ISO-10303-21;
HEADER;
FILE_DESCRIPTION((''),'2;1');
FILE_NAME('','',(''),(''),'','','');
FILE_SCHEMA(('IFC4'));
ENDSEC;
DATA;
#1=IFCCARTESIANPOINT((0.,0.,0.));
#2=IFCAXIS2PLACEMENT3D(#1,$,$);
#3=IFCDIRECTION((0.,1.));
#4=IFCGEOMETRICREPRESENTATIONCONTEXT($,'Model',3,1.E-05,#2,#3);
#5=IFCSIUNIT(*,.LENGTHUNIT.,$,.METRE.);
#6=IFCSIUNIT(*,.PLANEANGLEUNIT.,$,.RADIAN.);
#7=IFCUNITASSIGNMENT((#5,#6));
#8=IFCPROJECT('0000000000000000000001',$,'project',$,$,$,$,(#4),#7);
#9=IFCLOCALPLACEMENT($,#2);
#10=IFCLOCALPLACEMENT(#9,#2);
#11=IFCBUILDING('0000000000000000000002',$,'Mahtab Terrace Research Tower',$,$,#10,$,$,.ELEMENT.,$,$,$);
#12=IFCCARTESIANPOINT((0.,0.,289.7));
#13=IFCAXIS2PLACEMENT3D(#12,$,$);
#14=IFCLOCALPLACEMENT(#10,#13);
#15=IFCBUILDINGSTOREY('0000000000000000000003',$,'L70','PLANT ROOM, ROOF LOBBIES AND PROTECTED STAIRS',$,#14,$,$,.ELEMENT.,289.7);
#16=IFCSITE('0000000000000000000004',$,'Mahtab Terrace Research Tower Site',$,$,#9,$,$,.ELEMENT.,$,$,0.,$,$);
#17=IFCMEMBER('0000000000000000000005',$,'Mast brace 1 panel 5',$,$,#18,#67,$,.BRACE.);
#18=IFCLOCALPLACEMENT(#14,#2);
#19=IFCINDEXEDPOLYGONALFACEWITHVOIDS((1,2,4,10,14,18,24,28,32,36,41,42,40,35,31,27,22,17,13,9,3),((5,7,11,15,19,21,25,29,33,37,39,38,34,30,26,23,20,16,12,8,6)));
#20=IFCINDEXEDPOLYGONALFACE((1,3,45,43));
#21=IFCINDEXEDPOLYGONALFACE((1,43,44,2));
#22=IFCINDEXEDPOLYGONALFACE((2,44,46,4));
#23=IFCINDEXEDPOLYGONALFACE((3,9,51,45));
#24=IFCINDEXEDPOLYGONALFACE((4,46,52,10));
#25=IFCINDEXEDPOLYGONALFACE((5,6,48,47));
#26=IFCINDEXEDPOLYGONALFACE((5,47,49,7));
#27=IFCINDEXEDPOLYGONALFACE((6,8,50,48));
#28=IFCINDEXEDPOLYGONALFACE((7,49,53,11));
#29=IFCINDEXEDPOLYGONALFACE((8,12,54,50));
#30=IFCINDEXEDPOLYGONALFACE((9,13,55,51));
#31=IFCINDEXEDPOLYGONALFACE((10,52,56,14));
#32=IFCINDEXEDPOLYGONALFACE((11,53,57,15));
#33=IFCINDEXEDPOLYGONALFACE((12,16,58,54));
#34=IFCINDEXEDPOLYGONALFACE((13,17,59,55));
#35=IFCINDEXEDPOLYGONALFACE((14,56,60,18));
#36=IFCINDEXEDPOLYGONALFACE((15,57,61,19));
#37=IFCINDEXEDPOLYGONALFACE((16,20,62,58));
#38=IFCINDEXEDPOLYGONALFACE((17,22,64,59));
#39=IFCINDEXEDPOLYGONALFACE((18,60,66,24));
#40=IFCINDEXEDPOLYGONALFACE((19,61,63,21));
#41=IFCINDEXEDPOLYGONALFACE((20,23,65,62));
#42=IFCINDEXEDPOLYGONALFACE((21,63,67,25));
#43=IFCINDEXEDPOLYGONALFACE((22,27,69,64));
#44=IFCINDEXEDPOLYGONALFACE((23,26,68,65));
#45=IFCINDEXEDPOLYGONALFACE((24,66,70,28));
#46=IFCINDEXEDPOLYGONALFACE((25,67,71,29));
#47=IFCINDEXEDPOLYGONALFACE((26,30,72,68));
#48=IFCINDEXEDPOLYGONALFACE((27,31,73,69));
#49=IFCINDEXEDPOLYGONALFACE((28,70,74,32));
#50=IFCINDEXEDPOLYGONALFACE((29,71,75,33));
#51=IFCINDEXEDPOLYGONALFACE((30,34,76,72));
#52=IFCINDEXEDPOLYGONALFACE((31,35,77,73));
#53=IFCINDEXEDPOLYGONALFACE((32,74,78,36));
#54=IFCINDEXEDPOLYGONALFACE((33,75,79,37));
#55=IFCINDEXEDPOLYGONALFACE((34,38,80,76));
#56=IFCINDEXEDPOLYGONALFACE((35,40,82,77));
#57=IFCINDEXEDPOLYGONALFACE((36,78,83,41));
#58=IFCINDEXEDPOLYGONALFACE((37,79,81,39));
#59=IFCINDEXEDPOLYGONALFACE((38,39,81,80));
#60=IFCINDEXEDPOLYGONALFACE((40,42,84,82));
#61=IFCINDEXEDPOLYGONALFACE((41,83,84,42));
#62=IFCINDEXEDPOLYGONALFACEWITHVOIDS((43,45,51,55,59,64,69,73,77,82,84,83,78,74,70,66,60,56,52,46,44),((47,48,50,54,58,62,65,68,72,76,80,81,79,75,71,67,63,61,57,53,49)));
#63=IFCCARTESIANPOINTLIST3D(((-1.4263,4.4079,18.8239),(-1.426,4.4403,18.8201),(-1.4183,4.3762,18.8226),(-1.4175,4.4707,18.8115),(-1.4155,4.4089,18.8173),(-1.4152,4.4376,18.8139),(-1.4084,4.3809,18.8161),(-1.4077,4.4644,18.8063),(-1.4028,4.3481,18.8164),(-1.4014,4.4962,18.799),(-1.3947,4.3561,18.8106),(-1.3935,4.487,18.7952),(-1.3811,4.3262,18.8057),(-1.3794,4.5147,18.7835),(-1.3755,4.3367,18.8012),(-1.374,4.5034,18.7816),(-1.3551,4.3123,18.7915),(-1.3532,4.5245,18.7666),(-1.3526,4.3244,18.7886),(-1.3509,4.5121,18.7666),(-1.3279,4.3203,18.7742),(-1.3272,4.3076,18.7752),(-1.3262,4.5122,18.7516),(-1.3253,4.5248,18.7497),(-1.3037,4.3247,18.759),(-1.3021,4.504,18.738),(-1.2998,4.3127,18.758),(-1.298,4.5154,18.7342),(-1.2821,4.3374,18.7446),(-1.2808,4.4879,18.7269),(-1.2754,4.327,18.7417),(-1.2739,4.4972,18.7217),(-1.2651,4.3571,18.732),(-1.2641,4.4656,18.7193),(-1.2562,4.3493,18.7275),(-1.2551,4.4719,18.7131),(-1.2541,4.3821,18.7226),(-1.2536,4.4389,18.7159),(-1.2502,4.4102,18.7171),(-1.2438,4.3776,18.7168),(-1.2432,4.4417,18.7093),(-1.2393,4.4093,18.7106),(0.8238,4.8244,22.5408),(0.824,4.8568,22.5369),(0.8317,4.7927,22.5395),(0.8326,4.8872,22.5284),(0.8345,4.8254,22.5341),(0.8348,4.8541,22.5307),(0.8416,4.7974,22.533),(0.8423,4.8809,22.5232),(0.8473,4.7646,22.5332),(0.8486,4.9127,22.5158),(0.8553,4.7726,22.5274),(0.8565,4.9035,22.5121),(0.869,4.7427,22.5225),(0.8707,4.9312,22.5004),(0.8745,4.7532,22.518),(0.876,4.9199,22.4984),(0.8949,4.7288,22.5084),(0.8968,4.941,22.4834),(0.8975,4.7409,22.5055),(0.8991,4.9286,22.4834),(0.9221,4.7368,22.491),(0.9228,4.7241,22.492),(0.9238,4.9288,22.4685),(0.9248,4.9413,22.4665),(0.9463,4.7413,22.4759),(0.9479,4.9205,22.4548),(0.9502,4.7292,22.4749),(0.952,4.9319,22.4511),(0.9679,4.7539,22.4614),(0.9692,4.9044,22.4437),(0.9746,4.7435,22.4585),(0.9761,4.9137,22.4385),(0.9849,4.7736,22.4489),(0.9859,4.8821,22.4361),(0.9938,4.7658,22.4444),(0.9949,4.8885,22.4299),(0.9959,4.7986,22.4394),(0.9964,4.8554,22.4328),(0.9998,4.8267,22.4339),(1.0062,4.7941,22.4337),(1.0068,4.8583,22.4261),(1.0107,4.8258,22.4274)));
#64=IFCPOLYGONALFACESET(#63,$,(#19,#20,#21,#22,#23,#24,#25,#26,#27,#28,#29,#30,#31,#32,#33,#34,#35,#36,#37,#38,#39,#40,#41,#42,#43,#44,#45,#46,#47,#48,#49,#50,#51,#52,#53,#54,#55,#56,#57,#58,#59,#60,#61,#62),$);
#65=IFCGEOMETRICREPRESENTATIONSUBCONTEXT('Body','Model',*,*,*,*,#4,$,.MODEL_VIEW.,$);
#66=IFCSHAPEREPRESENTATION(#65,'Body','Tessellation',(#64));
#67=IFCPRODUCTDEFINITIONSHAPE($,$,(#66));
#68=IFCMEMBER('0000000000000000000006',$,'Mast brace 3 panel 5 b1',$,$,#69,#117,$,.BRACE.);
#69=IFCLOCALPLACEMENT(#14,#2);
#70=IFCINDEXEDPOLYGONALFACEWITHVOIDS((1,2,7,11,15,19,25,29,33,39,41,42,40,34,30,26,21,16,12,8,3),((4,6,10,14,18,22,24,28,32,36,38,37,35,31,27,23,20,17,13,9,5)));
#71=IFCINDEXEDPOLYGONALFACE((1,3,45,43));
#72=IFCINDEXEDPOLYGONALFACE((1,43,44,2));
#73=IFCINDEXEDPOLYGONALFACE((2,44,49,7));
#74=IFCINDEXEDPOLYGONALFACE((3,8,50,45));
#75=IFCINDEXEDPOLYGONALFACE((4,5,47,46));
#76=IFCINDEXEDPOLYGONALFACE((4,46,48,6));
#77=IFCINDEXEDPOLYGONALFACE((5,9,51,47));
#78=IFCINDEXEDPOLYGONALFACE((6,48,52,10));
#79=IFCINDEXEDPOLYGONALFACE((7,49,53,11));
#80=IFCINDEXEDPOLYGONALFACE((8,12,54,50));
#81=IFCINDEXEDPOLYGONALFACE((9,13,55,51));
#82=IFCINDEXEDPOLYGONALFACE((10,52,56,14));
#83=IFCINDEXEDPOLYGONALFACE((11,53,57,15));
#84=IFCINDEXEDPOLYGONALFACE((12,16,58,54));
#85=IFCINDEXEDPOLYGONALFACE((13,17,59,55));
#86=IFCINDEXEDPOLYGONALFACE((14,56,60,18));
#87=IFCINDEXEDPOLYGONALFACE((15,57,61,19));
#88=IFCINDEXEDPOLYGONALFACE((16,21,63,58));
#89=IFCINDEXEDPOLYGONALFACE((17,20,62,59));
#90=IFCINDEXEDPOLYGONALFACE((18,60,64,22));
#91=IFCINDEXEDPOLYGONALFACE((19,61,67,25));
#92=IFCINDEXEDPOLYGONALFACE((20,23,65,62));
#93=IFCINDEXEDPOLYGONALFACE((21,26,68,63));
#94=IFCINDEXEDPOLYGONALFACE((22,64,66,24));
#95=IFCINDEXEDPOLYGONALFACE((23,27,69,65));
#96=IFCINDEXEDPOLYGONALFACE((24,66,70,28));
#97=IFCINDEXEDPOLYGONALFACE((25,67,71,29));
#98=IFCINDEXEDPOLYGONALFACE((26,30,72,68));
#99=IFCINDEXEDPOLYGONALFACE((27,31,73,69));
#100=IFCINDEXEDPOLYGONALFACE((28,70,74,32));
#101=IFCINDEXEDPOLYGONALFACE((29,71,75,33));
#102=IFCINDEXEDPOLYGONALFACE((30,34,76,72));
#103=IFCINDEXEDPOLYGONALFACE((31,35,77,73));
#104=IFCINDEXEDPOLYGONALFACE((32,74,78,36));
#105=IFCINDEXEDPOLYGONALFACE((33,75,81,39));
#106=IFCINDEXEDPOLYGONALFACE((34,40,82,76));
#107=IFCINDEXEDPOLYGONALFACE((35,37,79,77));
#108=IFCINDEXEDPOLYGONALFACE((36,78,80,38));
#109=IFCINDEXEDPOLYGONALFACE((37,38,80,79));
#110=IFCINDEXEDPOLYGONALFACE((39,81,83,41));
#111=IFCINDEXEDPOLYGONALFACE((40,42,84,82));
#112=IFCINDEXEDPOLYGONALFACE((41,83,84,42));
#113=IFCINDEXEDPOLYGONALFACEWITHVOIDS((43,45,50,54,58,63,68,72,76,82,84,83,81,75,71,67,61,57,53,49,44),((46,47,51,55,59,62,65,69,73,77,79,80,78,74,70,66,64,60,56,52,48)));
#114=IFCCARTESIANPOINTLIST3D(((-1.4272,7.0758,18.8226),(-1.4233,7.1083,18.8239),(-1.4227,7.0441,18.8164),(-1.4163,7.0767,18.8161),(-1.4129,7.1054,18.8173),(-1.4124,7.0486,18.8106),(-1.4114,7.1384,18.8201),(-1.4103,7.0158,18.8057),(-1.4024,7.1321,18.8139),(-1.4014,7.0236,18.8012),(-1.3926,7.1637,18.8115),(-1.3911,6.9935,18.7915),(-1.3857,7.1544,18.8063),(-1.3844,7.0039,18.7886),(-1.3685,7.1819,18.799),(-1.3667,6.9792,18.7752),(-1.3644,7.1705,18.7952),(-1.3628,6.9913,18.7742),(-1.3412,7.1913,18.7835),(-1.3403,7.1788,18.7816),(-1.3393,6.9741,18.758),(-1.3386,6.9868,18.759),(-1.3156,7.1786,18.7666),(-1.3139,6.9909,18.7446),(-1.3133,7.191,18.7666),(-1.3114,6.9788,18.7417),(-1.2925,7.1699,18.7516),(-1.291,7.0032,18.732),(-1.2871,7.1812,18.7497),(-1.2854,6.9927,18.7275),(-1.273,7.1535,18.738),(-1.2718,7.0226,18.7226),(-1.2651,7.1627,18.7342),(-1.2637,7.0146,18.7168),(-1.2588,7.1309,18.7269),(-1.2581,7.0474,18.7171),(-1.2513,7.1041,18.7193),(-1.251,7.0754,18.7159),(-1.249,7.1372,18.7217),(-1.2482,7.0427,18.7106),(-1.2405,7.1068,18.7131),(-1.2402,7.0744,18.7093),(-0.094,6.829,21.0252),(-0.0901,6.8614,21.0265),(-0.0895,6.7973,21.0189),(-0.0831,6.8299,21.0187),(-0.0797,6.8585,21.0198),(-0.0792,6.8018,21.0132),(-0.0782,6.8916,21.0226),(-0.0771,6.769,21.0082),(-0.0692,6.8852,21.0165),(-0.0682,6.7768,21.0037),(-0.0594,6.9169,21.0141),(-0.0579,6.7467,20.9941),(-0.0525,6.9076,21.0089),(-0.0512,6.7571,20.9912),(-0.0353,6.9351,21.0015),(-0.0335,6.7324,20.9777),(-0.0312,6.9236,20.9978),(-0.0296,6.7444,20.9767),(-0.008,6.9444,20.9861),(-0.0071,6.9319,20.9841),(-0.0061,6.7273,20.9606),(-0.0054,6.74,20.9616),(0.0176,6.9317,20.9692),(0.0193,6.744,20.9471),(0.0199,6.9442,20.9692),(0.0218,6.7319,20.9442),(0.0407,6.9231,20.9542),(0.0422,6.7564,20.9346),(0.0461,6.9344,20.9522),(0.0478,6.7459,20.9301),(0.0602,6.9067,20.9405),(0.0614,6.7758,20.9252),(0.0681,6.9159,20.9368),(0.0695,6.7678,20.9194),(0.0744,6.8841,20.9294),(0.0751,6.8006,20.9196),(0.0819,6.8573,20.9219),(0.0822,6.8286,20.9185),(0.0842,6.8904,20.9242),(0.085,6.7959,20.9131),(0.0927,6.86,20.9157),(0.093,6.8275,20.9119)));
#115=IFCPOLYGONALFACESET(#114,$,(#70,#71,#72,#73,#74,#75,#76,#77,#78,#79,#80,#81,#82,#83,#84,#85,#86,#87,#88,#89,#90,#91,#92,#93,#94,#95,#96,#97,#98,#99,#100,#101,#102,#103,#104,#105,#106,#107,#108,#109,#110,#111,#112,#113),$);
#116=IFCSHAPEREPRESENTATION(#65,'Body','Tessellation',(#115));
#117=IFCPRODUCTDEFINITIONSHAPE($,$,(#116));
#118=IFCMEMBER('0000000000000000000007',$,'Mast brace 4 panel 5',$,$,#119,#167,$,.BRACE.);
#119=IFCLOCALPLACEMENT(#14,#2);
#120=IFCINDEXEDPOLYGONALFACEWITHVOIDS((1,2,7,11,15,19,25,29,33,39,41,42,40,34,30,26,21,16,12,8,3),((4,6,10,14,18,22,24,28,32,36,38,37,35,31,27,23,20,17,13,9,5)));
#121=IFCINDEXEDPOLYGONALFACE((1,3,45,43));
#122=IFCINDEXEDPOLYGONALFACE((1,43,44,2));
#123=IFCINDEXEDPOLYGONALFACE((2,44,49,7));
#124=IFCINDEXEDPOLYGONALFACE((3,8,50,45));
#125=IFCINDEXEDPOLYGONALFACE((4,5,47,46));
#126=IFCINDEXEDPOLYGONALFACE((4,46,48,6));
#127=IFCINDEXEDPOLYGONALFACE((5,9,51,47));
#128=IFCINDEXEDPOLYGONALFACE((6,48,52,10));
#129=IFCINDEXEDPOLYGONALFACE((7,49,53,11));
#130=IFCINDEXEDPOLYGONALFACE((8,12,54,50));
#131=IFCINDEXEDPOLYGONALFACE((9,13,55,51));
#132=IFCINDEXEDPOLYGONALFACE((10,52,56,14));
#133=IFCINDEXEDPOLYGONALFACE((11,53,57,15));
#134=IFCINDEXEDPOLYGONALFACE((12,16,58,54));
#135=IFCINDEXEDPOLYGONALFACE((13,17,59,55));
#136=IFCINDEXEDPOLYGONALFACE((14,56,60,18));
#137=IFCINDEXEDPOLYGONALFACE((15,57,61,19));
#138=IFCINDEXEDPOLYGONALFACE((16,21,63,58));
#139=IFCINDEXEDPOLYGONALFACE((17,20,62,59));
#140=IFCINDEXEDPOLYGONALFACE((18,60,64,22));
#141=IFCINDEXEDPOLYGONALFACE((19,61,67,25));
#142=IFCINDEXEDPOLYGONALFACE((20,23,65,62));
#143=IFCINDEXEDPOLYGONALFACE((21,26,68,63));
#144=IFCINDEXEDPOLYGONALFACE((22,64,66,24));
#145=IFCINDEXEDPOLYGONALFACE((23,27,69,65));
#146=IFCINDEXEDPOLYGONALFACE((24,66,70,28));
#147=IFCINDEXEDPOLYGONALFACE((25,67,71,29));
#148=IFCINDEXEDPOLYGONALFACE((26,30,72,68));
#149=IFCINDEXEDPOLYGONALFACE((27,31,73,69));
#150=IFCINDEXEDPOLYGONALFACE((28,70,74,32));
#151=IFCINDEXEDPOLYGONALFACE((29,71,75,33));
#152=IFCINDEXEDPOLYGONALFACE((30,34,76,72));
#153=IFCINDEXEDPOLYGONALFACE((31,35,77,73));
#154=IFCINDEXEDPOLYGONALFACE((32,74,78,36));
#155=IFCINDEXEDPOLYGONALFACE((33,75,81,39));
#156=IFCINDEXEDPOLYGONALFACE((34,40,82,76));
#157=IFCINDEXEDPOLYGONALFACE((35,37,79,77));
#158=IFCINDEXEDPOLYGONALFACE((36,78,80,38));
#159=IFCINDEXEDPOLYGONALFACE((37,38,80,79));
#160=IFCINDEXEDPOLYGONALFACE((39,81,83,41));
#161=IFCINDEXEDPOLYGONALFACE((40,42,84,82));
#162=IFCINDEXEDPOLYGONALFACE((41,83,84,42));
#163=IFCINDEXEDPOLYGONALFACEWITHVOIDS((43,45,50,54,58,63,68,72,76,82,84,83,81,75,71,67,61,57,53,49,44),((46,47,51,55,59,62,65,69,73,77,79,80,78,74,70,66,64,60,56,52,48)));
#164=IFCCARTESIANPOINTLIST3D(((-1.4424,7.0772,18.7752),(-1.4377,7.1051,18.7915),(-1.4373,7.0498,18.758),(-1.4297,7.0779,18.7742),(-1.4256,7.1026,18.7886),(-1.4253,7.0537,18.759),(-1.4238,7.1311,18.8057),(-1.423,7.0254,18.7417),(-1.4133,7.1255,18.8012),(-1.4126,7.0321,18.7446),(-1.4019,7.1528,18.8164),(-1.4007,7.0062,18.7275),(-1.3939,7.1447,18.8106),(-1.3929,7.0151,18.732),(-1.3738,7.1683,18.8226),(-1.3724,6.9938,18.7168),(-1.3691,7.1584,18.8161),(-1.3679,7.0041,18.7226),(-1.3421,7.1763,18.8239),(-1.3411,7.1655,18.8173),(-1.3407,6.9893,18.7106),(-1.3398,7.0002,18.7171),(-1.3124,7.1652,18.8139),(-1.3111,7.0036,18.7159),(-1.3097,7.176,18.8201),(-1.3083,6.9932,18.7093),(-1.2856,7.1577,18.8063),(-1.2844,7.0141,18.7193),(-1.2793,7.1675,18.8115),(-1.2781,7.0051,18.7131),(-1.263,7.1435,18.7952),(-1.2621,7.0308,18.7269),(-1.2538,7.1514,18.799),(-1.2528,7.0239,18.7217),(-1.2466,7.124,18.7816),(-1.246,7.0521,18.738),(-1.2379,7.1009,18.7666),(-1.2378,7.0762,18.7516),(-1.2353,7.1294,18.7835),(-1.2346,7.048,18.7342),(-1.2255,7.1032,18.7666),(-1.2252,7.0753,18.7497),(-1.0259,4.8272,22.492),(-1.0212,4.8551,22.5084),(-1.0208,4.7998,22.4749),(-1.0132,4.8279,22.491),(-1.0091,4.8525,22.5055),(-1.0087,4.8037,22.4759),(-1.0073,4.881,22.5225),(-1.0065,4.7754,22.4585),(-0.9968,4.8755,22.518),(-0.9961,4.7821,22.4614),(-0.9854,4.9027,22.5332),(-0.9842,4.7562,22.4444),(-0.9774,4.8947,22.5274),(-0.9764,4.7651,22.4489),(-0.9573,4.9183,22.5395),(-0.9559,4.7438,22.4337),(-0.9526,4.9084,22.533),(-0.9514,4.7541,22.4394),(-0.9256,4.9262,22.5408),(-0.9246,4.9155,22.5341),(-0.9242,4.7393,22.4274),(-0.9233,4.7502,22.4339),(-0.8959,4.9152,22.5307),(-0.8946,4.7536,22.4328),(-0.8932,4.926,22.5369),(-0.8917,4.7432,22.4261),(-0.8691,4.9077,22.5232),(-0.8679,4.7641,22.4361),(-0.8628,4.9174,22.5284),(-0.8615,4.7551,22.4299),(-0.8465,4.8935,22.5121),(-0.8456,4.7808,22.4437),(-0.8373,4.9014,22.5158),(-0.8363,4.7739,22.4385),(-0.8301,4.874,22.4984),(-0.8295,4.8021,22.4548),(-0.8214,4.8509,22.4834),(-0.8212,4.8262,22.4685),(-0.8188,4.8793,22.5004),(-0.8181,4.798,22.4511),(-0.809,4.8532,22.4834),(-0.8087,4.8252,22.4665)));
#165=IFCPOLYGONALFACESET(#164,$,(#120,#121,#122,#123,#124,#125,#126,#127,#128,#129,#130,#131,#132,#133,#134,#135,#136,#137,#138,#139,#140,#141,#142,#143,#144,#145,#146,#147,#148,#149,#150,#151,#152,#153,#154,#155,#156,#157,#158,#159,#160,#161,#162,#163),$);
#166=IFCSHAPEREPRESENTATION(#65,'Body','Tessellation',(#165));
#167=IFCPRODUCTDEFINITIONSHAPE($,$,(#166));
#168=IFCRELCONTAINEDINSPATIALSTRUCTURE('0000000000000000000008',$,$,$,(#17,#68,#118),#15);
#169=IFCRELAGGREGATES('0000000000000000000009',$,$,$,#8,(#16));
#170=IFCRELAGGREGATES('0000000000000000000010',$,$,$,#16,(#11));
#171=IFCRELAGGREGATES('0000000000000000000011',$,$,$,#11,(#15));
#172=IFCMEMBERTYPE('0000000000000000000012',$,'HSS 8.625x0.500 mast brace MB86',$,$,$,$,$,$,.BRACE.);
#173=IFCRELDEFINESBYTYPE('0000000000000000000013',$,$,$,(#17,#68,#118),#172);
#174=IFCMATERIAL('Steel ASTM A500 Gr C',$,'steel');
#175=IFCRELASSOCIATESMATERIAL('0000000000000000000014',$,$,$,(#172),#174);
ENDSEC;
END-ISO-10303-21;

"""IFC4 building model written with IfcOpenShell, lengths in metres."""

from ifc_helpers import new_model, si_unit, direction, frame, origin, origin_2d, place, context, subcontext, project, spatial, hollow_circle, extrude, material, material_profile, profile_set, type_object, element, save


model = new_model("IFC4")

# Units and contexts
model_context = context("Model", 3, precision=1e-05, world=origin(), true_north=direction((0.0, 1.0)))
body_context = subcontext(model_context, "Body", "Model", "MODEL_VIEW")
ifc_project = project(units=[si_unit("LENGTHUNIT", "METRE"), si_unit("PLANEANGLEUNIT", "RADIAN")], contexts=[model_context])

# Site, building, storey
site_placement = place(None, origin())
site = spatial("IfcSite", under=ifc_project, at=site_placement, Name="Mahtab Terrace Research Tower Site", CompositionType="ELEMENT", RefElevation=0.0)
building_placement = place(site_placement, origin())
building = spatial("IfcBuilding", under=site, at=building_placement, Name="Mahtab Terrace Research Tower", CompositionType="ELEMENT")
storey_placement = place(building_placement, frame((0.0, 0.0, 289.7)))
storey = spatial("IfcBuildingStorey", under=building, at=storey_placement, Name="L70", Description="PLANT ROOM, ROOF LOBBIES AND PROTECTED STAIRS", CompositionType="ELEMENT", Elevation=289.7)

# Members
ifc_material_1 = material(Name="Steel ASTM A500 Gr C", Category="steel")
ifc_material_profile_1 = material_profile(ifc_material_1, hollow_circle(Radius=0.1096, WallThickness=0.0127, at=origin_2d()), Name="HSS8.625X0.500")
ifc_profile_set_1 = profile_set([ifc_material_profile_1], Name="Steel ASTM A500 Gr C")
member_type_1 = type_object("IfcMemberType", Name="HSS 8.625x0.500 mast brace MB86", PredefinedType="BRACE", material=ifc_profile_set_1)
member_1_placement = place(storey_placement, frame((-1.3333, 4.4167, 18.7666), z_axis=(0.5155, 0.095426, 0.85156), x_axis=(-0.18202, 0.983295, 0.0)))
element("IfcMember", 1, at=member_1_placement, inside=storey, type_object=member_type_1, Name="Mast brace 1 panel 5", PredefinedType="BRACE", context=body_context, shape_type="SweptSolid", body=[
    extrude(hollow_circle(Radius=0.1096, WallThickness=0.0127, at=origin_2d()), origin(), (0.0, 0.0, 1.0), 4.3647),
])
member_2_placement = place(storey_placement, frame((-1.3333, 7.0833, 18.7666), z_axis=(0.515461, -0.095428, 0.851583), x_axis=(0.182038, 0.983292, 0.0)))
element("IfcMember", 2, at=member_2_placement, inside=storey, type_object=member_type_1, Name="Mast brace 3 panel 5 b1", PredefinedType="BRACE", context=body_context, shape_type="SweptSolid", body=[
    extrude(hollow_circle(Radius=0.1096, WallThickness=0.0127, at=origin_2d()), origin(), (0.0, 0.0, 1.0), 2.5864),
])
member_3_placement = place(storey_placement, frame((-1.3333, 7.0833, 18.7666), z_axis=(0.095426, -0.5155, 0.85156), x_axis=(0.983295, 0.18202, 0.0)))
element("IfcMember", 3, at=member_3_placement, inside=storey, type_object=member_type_1, Name="Mast brace 4 panel 5", PredefinedType="BRACE", context=body_context, shape_type="SweptSolid", body=[
    extrude(hollow_circle(Radius=0.1096, WallThickness=0.0127, at=origin_2d()), origin(), (0.0, 0.0, 1.0), 4.3647),
])

save(model, "model.ifc")
